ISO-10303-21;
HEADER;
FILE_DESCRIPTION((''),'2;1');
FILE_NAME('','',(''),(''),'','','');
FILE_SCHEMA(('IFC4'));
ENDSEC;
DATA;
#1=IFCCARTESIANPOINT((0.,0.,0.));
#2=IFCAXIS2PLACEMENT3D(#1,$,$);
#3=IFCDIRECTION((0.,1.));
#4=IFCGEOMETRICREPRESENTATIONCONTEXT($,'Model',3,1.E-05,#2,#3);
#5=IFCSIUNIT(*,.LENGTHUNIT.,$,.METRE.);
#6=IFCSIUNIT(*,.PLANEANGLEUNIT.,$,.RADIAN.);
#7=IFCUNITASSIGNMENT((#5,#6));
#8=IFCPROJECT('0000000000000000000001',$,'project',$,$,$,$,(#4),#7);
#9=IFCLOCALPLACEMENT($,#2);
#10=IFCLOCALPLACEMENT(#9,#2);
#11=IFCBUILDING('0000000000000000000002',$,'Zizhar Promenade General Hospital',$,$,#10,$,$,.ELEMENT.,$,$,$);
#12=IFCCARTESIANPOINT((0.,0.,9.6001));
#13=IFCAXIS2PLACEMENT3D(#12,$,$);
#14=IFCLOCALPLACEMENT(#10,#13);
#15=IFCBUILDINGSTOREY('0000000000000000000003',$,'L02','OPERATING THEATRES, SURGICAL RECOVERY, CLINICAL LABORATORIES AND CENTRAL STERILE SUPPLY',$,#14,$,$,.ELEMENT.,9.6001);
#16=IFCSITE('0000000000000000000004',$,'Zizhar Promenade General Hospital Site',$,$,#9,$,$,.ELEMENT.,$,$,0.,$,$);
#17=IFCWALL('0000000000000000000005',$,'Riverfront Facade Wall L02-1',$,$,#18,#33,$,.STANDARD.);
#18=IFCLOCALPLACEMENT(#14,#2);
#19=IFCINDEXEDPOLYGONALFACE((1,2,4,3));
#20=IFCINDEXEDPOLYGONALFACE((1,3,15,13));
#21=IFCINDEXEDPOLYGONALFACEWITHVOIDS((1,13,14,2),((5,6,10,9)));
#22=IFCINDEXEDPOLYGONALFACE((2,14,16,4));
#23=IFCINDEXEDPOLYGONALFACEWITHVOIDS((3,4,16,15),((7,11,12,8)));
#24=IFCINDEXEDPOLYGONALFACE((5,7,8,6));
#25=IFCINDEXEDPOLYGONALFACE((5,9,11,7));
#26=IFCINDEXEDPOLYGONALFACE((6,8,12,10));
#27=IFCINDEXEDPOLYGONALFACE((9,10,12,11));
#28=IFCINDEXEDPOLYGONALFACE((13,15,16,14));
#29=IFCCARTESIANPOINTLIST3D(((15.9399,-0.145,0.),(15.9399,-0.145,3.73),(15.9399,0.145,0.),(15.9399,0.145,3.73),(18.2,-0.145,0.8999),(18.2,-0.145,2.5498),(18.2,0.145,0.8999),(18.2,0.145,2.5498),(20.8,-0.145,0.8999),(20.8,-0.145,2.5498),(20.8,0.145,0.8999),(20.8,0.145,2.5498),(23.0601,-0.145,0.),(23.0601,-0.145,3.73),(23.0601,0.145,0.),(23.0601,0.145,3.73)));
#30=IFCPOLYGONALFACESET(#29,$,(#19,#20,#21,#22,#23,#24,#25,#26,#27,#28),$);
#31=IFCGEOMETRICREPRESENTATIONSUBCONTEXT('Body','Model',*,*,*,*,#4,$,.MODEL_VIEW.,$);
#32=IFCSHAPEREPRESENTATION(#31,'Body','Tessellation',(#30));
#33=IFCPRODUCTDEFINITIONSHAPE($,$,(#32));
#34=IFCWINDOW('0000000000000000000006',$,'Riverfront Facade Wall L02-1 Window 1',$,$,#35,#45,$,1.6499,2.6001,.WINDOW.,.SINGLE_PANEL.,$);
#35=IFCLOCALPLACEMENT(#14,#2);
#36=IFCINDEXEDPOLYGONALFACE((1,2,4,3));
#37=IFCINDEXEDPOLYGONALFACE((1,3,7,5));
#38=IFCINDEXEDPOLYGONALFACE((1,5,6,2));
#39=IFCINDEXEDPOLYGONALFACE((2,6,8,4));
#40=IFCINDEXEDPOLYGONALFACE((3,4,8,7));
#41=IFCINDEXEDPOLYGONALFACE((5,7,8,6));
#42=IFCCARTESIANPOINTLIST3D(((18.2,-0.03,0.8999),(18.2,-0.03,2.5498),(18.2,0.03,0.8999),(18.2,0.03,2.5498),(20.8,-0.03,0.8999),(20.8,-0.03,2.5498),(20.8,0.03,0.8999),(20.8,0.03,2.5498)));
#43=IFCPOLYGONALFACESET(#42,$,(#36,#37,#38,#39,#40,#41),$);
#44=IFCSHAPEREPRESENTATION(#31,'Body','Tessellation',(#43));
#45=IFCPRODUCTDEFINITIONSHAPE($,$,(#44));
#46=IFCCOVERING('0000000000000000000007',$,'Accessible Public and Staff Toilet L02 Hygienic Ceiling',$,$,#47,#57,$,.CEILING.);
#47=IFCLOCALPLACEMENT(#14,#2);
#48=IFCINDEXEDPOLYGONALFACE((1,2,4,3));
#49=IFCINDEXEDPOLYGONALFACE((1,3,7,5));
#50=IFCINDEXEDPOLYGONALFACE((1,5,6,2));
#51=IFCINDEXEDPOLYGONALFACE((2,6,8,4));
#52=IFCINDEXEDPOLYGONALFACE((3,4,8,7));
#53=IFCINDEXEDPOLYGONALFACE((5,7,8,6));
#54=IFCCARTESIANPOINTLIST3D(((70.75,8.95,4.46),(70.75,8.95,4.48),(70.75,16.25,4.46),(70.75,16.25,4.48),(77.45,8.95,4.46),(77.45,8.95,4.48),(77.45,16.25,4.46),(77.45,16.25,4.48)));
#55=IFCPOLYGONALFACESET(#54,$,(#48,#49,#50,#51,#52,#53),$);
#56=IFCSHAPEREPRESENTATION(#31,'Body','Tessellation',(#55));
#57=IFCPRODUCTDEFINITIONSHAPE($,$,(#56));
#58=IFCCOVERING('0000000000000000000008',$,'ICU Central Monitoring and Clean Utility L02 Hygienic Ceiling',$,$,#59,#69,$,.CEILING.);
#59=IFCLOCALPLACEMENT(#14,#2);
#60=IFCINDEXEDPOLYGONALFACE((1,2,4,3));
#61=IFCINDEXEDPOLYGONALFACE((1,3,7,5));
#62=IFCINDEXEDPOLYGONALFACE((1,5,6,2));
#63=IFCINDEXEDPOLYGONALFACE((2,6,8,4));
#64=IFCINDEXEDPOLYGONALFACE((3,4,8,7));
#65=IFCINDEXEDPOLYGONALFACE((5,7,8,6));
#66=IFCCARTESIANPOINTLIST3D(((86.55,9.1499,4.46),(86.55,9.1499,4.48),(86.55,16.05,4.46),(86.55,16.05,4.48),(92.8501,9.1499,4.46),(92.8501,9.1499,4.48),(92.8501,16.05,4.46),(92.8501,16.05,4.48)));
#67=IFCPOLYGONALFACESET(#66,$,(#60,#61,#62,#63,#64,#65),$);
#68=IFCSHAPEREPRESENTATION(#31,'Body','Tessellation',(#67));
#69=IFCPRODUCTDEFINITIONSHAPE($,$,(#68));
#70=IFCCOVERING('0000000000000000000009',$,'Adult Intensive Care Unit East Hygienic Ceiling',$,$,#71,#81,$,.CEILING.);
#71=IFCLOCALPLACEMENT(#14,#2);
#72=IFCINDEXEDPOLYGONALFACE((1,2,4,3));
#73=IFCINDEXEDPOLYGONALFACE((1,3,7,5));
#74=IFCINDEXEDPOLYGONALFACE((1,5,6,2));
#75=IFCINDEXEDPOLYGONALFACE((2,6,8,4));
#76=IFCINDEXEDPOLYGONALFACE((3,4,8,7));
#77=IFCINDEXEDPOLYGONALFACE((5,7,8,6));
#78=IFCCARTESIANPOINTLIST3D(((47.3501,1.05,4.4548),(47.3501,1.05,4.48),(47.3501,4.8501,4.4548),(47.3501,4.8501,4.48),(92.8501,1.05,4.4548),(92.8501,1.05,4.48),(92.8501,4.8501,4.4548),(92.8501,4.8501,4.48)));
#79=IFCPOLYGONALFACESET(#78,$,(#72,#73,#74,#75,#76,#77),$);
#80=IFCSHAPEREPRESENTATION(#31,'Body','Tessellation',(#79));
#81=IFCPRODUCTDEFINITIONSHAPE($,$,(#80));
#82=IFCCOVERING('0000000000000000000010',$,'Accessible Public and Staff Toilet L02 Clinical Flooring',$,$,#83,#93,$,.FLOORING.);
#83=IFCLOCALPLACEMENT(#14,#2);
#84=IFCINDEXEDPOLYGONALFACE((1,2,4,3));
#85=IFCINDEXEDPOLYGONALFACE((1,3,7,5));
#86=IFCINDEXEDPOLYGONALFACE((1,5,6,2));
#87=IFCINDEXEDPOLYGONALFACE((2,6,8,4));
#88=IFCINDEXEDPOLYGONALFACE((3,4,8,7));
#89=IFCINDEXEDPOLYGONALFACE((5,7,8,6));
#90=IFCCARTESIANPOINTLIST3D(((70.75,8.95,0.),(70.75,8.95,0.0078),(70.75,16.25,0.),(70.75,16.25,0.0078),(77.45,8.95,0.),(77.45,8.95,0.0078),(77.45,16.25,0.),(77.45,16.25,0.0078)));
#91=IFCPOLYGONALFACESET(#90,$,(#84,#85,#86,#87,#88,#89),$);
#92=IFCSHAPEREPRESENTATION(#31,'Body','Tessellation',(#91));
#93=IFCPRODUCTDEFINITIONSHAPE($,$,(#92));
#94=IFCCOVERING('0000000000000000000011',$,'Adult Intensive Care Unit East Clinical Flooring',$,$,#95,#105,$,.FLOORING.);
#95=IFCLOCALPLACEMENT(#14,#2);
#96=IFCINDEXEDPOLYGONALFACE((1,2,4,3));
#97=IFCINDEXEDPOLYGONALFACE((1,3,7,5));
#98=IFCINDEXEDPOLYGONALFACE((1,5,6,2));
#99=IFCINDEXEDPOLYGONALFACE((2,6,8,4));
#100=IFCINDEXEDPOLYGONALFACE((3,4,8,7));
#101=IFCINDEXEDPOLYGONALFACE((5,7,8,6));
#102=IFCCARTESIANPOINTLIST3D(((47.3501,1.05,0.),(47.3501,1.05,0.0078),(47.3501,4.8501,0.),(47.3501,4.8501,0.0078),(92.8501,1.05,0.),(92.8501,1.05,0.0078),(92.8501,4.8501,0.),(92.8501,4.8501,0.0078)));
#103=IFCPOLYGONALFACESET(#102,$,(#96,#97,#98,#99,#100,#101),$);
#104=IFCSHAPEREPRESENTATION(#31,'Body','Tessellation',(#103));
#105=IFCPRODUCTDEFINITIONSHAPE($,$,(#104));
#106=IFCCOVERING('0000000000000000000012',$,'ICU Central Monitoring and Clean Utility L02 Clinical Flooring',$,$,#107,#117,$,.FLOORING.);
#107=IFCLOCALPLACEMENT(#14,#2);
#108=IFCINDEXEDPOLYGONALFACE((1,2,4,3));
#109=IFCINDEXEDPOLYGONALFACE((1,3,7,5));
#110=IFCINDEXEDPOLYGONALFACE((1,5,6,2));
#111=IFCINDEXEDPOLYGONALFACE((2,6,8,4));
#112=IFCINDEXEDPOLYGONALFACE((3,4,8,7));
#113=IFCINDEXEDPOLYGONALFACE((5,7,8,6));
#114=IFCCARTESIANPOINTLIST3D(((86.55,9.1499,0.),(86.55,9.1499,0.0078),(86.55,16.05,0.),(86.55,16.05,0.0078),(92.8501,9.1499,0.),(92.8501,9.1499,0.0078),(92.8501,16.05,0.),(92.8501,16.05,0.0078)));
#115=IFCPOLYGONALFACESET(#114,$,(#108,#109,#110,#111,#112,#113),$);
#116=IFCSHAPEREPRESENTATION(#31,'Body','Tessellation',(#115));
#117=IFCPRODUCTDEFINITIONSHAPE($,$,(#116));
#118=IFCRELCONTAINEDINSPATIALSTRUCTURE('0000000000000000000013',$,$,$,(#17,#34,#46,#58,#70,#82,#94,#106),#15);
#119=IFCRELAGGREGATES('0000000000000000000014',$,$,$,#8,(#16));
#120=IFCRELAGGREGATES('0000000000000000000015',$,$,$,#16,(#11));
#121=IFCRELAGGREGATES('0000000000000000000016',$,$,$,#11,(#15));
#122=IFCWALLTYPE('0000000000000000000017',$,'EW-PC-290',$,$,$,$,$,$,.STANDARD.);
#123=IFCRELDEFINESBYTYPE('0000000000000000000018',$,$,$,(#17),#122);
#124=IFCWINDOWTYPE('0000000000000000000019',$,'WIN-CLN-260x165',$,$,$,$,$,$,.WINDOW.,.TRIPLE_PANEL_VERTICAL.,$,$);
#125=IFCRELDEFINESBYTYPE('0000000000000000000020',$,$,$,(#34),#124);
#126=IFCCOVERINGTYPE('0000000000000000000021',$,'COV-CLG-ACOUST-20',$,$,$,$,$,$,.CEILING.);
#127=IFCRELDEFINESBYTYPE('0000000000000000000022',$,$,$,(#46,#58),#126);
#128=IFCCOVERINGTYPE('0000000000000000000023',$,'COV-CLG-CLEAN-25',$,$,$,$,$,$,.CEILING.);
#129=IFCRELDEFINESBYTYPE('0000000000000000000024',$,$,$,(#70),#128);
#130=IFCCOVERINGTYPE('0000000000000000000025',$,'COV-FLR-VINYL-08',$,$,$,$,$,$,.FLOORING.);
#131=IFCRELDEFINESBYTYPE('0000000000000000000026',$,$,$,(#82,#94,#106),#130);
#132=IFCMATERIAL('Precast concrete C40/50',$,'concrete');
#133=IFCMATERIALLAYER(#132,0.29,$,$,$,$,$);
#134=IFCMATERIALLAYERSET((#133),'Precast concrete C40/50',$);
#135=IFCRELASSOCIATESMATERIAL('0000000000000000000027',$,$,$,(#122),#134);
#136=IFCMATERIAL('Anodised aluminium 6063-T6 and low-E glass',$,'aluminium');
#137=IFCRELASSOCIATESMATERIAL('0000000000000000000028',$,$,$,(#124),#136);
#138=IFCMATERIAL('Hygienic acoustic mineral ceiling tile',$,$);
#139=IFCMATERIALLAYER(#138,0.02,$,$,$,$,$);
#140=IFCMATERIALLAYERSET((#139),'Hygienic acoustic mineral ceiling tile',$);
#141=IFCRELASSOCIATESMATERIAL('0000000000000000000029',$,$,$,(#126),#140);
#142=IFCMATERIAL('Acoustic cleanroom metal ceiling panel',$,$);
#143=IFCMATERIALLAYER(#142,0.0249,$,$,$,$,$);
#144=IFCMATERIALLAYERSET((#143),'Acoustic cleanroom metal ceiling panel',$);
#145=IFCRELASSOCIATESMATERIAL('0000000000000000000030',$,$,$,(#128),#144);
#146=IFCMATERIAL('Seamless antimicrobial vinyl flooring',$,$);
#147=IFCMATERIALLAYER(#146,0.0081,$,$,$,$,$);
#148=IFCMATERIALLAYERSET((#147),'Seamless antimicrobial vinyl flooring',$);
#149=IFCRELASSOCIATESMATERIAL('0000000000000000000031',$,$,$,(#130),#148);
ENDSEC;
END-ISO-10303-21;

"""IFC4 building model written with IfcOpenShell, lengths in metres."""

from ifc_helpers import new_model, si_unit, direction, frame, frame_2d, origin, place, context, subcontext, project, spatial, polyline, rectangle, outline, extrude, material, layer, layer_set, type_object, element, fill, save


model = new_model("IFC4")

# Units and contexts
model_context = context("Model", 3, precision=1e-05, world=origin(), true_north=direction((0.0, 1.0)))
body_context = subcontext(model_context, "Body", "Model", "MODEL_VIEW")
ifc_project = project(units=[si_unit("LENGTHUNIT", "METRE"), si_unit("PLANEANGLEUNIT", "RADIAN")], contexts=[model_context])

# Site, building, storey
site_placement = place(None, origin())
site = spatial("IfcSite", under=ifc_project, at=site_placement, Name="Zizhar Promenade General Hospital Site", CompositionType="ELEMENT", RefElevation=0.0)
building_placement = place(site_placement, origin())
building = spatial("IfcBuilding", under=site, at=building_placement, Name="Zizhar Promenade General Hospital", CompositionType="ELEMENT")
storey_placement = place(building_placement, frame((0.0, 0.0, 9.6001)))
storey = spatial("IfcBuildingStorey", under=building, at=storey_placement, Name="L02", Description="OPERATING THEATRES, SURGICAL RECOVERY, CLINICAL LABORATORIES AND CENTRAL STERILE SUPPLY", CompositionType="ELEMENT", Elevation=9.6001)

# Shared definitions
ifc_material_1 = material(Name="Precast concrete C40/50", Category="concrete")
ifc_layer_1 = layer(ifc_material_1, 0.29)
ifc_layer_set_1 = layer_set([ifc_layer_1], Name="Precast concrete C40/50")
wall_type = type_object("IfcWallType", Name="EW-PC-290", PredefinedType="STANDARD", material=ifc_layer_set_1)

# Wall, opening, window
wall_1_placement = place(storey_placement, frame((23.0601, 0.0, 0.0), z_axis=(0.0, 0.0, 1.0), x_axis=(-1.0, 0.0, 0.0)))
wall_1 = element("IfcWall", 1, at=wall_1_placement, inside=storey, type_object=wall_type, Name="Riverfront Facade Wall L02-1", PredefinedType="STANDARD", context=body_context, shape_type="SweptSolid", body=[
    extrude(rectangle(XDim=7.1201, YDim=0.29, at=frame_2d((3.5601, 0.0))), origin(), (0.0, 0.0, 1.0), 3.73),
])
opening_1_placement = place(wall_1_placement, frame((2.26, 0.0, 0.8999)))
opening_1 = element("IfcOpeningElement", 2, at=opening_1_placement, cuts=wall_1, PredefinedType="OPENING", context=body_context, shape_type="SweptSolid", body=[
    extrude(rectangle(XDim=2.6001, YDim=1.6499, at=frame_2d((1.3, 0.825))), frame((0.0, 0.155, 0.0), z_axis=(0.0, -1.0, 0.0), x_axis=(1.0, 0.0, 0.0)), (0.0, 0.0, 1.0), 0.3101),
])
ifc_material_2 = material(Name="Anodised aluminium 6063-T6 and low-E glass", Category="aluminium")
window_type_1 = type_object("IfcWindowType", Name="WIN-CLN-260x165", PartitioningType="TRIPLE_PANEL_VERTICAL", PredefinedType="WINDOW", material=ifc_material_2)
window_1_placement = place(opening_1_placement, origin())
window_1 = element("IfcWindow", 3, at=window_1_placement, inside=storey, type_object=window_type_1, Name="Riverfront Facade Wall L02-1 Window 1", OverallHeight=1.6499, OverallWidth=2.6001, PartitioningType="SINGLE_PANEL", PredefinedType="WINDOW", context=body_context, shape_type="SweptSolid", body=[
    extrude(rectangle(XDim=2.6001, YDim=1.6499, at=frame_2d((1.3, 0.825))), frame((0.0, 0.03, 0.0), z_axis=(0.0, -1.0, 0.0), x_axis=(1.0, 0.0, 0.0)), (0.0, 0.0, 1.0), 0.0601),
])
fill(opening_1, window_1)

# Coverings
ifc_material_3 = material(Name="Hygienic acoustic mineral ceiling tile")
ifc_layer_2 = layer(ifc_material_3, 0.02)
ifc_layer_set_2 = layer_set([ifc_layer_2], Name="Hygienic acoustic mineral ceiling tile")
covering_type_1 = type_object("IfcCoveringType", Name="COV-CLG-ACOUST-20", PredefinedType="CEILING", material=ifc_layer_set_2)
covering_1_placement = place(storey_placement, frame((0.0, 0.0, 4.46)))
element("IfcCovering", 4, at=covering_1_placement, inside=storey, type_object=covering_type_1, Name="Accessible Public and Staff Toilet L02 Hygienic Ceiling", PredefinedType="CEILING", context=body_context, shape_type="SweptSolid", body=[
    extrude(outline(polyline([(70.75, 8.95), (77.45, 8.95), (77.45, 16.25), (70.75, 16.25), (70.75, 8.95)])), origin(), (0.0, 0.0, 1.0), 0.02),
])
covering_2_placement = place(storey_placement, frame((0.0, 0.0, 4.46)))
element("IfcCovering", 5, at=covering_2_placement, inside=storey, type_object=covering_type_1, Name="ICU Central Monitoring and Clean Utility L02 Hygienic Ceiling", PredefinedType="CEILING", context=body_context, shape_type="SweptSolid", body=[
    extrude(outline(polyline([(86.55, 9.1499), (92.8501, 9.1499), (92.8501, 16.05), (86.55, 16.05), (86.55, 9.1499)])), origin(), (0.0, 0.0, 1.0), 0.02),
])
ifc_material_4 = material(Name="Acoustic cleanroom metal ceiling panel")
ifc_layer_3 = layer(ifc_material_4, 0.0249)
ifc_layer_set_3 = layer_set([ifc_layer_3], Name="Acoustic cleanroom metal ceiling panel")
covering_type_2 = type_object("IfcCoveringType", Name="COV-CLG-CLEAN-25", PredefinedType="CEILING", material=ifc_layer_set_3)
covering_3_placement = place(storey_placement, frame((0.0, 0.0, 4.4548)))
element("IfcCovering", 6, at=covering_3_placement, inside=storey, type_object=covering_type_2, Name="Adult Intensive Care Unit East Hygienic Ceiling", PredefinedType="CEILING", context=body_context, shape_type="SweptSolid", body=[
    extrude(outline(polyline([(47.3501, 1.05), (92.8501, 1.05), (92.8501, 4.8501), (47.3501, 4.8501), (47.3501, 1.05)])), origin(), (0.0, 0.0, 1.0), 0.0251),
])
ifc_material_5 = material(Name="Seamless antimicrobial vinyl flooring")
ifc_layer_4 = layer(ifc_material_5, 0.0081)
ifc_layer_set_4 = layer_set([ifc_layer_4], Name="Seamless antimicrobial vinyl flooring")
covering_type_3 = type_object("IfcCoveringType", Name="COV-FLR-VINYL-08", PredefinedType="FLOORING", material=ifc_layer_set_4)
covering_4_placement = place(storey_placement, origin())
element("IfcCovering", 7, at=covering_4_placement, inside=storey, type_object=covering_type_3, Name="Accessible Public and Staff Toilet L02 Clinical Flooring", PredefinedType="FLOORING", context=body_context, shape_type="SweptSolid", body=[
    extrude(outline(polyline([(70.75, 8.95), (77.45, 8.95), (77.45, 16.25), (70.75, 16.25), (70.75, 8.95)])), origin(), (0.0, 0.0, 1.0), 0.0078),
])
covering_5_placement = place(storey_placement, origin())
element("IfcCovering", 8, at=covering_5_placement, inside=storey, type_object=covering_type_3, Name="Adult Intensive Care Unit East Clinical Flooring", PredefinedType="FLOORING", context=body_context, shape_type="SweptSolid", body=[
    extrude(outline(polyline([(47.3501, 1.05), (92.8501, 1.05), (92.8501, 4.8501), (47.3501, 4.8501), (47.3501, 1.05)])), origin(), (0.0, 0.0, 1.0), 0.0078),
])
covering_6_placement = place(storey_placement, origin())
element("IfcCovering", 9, at=covering_6_placement, inside=storey, type_object=covering_type_3, Name="ICU Central Monitoring and Clean Utility L02 Clinical Flooring", PredefinedType="FLOORING", context=body_context, shape_type="SweptSolid", body=[
    extrude(outline(polyline([(86.55, 9.1499), (92.8501, 9.1499), (92.8501, 16.05), (86.55, 16.05), (86.55, 9.1499)])), origin(), (0.0, 0.0, 1.0), 0.0078),
])

save(model, "model.ifc")
